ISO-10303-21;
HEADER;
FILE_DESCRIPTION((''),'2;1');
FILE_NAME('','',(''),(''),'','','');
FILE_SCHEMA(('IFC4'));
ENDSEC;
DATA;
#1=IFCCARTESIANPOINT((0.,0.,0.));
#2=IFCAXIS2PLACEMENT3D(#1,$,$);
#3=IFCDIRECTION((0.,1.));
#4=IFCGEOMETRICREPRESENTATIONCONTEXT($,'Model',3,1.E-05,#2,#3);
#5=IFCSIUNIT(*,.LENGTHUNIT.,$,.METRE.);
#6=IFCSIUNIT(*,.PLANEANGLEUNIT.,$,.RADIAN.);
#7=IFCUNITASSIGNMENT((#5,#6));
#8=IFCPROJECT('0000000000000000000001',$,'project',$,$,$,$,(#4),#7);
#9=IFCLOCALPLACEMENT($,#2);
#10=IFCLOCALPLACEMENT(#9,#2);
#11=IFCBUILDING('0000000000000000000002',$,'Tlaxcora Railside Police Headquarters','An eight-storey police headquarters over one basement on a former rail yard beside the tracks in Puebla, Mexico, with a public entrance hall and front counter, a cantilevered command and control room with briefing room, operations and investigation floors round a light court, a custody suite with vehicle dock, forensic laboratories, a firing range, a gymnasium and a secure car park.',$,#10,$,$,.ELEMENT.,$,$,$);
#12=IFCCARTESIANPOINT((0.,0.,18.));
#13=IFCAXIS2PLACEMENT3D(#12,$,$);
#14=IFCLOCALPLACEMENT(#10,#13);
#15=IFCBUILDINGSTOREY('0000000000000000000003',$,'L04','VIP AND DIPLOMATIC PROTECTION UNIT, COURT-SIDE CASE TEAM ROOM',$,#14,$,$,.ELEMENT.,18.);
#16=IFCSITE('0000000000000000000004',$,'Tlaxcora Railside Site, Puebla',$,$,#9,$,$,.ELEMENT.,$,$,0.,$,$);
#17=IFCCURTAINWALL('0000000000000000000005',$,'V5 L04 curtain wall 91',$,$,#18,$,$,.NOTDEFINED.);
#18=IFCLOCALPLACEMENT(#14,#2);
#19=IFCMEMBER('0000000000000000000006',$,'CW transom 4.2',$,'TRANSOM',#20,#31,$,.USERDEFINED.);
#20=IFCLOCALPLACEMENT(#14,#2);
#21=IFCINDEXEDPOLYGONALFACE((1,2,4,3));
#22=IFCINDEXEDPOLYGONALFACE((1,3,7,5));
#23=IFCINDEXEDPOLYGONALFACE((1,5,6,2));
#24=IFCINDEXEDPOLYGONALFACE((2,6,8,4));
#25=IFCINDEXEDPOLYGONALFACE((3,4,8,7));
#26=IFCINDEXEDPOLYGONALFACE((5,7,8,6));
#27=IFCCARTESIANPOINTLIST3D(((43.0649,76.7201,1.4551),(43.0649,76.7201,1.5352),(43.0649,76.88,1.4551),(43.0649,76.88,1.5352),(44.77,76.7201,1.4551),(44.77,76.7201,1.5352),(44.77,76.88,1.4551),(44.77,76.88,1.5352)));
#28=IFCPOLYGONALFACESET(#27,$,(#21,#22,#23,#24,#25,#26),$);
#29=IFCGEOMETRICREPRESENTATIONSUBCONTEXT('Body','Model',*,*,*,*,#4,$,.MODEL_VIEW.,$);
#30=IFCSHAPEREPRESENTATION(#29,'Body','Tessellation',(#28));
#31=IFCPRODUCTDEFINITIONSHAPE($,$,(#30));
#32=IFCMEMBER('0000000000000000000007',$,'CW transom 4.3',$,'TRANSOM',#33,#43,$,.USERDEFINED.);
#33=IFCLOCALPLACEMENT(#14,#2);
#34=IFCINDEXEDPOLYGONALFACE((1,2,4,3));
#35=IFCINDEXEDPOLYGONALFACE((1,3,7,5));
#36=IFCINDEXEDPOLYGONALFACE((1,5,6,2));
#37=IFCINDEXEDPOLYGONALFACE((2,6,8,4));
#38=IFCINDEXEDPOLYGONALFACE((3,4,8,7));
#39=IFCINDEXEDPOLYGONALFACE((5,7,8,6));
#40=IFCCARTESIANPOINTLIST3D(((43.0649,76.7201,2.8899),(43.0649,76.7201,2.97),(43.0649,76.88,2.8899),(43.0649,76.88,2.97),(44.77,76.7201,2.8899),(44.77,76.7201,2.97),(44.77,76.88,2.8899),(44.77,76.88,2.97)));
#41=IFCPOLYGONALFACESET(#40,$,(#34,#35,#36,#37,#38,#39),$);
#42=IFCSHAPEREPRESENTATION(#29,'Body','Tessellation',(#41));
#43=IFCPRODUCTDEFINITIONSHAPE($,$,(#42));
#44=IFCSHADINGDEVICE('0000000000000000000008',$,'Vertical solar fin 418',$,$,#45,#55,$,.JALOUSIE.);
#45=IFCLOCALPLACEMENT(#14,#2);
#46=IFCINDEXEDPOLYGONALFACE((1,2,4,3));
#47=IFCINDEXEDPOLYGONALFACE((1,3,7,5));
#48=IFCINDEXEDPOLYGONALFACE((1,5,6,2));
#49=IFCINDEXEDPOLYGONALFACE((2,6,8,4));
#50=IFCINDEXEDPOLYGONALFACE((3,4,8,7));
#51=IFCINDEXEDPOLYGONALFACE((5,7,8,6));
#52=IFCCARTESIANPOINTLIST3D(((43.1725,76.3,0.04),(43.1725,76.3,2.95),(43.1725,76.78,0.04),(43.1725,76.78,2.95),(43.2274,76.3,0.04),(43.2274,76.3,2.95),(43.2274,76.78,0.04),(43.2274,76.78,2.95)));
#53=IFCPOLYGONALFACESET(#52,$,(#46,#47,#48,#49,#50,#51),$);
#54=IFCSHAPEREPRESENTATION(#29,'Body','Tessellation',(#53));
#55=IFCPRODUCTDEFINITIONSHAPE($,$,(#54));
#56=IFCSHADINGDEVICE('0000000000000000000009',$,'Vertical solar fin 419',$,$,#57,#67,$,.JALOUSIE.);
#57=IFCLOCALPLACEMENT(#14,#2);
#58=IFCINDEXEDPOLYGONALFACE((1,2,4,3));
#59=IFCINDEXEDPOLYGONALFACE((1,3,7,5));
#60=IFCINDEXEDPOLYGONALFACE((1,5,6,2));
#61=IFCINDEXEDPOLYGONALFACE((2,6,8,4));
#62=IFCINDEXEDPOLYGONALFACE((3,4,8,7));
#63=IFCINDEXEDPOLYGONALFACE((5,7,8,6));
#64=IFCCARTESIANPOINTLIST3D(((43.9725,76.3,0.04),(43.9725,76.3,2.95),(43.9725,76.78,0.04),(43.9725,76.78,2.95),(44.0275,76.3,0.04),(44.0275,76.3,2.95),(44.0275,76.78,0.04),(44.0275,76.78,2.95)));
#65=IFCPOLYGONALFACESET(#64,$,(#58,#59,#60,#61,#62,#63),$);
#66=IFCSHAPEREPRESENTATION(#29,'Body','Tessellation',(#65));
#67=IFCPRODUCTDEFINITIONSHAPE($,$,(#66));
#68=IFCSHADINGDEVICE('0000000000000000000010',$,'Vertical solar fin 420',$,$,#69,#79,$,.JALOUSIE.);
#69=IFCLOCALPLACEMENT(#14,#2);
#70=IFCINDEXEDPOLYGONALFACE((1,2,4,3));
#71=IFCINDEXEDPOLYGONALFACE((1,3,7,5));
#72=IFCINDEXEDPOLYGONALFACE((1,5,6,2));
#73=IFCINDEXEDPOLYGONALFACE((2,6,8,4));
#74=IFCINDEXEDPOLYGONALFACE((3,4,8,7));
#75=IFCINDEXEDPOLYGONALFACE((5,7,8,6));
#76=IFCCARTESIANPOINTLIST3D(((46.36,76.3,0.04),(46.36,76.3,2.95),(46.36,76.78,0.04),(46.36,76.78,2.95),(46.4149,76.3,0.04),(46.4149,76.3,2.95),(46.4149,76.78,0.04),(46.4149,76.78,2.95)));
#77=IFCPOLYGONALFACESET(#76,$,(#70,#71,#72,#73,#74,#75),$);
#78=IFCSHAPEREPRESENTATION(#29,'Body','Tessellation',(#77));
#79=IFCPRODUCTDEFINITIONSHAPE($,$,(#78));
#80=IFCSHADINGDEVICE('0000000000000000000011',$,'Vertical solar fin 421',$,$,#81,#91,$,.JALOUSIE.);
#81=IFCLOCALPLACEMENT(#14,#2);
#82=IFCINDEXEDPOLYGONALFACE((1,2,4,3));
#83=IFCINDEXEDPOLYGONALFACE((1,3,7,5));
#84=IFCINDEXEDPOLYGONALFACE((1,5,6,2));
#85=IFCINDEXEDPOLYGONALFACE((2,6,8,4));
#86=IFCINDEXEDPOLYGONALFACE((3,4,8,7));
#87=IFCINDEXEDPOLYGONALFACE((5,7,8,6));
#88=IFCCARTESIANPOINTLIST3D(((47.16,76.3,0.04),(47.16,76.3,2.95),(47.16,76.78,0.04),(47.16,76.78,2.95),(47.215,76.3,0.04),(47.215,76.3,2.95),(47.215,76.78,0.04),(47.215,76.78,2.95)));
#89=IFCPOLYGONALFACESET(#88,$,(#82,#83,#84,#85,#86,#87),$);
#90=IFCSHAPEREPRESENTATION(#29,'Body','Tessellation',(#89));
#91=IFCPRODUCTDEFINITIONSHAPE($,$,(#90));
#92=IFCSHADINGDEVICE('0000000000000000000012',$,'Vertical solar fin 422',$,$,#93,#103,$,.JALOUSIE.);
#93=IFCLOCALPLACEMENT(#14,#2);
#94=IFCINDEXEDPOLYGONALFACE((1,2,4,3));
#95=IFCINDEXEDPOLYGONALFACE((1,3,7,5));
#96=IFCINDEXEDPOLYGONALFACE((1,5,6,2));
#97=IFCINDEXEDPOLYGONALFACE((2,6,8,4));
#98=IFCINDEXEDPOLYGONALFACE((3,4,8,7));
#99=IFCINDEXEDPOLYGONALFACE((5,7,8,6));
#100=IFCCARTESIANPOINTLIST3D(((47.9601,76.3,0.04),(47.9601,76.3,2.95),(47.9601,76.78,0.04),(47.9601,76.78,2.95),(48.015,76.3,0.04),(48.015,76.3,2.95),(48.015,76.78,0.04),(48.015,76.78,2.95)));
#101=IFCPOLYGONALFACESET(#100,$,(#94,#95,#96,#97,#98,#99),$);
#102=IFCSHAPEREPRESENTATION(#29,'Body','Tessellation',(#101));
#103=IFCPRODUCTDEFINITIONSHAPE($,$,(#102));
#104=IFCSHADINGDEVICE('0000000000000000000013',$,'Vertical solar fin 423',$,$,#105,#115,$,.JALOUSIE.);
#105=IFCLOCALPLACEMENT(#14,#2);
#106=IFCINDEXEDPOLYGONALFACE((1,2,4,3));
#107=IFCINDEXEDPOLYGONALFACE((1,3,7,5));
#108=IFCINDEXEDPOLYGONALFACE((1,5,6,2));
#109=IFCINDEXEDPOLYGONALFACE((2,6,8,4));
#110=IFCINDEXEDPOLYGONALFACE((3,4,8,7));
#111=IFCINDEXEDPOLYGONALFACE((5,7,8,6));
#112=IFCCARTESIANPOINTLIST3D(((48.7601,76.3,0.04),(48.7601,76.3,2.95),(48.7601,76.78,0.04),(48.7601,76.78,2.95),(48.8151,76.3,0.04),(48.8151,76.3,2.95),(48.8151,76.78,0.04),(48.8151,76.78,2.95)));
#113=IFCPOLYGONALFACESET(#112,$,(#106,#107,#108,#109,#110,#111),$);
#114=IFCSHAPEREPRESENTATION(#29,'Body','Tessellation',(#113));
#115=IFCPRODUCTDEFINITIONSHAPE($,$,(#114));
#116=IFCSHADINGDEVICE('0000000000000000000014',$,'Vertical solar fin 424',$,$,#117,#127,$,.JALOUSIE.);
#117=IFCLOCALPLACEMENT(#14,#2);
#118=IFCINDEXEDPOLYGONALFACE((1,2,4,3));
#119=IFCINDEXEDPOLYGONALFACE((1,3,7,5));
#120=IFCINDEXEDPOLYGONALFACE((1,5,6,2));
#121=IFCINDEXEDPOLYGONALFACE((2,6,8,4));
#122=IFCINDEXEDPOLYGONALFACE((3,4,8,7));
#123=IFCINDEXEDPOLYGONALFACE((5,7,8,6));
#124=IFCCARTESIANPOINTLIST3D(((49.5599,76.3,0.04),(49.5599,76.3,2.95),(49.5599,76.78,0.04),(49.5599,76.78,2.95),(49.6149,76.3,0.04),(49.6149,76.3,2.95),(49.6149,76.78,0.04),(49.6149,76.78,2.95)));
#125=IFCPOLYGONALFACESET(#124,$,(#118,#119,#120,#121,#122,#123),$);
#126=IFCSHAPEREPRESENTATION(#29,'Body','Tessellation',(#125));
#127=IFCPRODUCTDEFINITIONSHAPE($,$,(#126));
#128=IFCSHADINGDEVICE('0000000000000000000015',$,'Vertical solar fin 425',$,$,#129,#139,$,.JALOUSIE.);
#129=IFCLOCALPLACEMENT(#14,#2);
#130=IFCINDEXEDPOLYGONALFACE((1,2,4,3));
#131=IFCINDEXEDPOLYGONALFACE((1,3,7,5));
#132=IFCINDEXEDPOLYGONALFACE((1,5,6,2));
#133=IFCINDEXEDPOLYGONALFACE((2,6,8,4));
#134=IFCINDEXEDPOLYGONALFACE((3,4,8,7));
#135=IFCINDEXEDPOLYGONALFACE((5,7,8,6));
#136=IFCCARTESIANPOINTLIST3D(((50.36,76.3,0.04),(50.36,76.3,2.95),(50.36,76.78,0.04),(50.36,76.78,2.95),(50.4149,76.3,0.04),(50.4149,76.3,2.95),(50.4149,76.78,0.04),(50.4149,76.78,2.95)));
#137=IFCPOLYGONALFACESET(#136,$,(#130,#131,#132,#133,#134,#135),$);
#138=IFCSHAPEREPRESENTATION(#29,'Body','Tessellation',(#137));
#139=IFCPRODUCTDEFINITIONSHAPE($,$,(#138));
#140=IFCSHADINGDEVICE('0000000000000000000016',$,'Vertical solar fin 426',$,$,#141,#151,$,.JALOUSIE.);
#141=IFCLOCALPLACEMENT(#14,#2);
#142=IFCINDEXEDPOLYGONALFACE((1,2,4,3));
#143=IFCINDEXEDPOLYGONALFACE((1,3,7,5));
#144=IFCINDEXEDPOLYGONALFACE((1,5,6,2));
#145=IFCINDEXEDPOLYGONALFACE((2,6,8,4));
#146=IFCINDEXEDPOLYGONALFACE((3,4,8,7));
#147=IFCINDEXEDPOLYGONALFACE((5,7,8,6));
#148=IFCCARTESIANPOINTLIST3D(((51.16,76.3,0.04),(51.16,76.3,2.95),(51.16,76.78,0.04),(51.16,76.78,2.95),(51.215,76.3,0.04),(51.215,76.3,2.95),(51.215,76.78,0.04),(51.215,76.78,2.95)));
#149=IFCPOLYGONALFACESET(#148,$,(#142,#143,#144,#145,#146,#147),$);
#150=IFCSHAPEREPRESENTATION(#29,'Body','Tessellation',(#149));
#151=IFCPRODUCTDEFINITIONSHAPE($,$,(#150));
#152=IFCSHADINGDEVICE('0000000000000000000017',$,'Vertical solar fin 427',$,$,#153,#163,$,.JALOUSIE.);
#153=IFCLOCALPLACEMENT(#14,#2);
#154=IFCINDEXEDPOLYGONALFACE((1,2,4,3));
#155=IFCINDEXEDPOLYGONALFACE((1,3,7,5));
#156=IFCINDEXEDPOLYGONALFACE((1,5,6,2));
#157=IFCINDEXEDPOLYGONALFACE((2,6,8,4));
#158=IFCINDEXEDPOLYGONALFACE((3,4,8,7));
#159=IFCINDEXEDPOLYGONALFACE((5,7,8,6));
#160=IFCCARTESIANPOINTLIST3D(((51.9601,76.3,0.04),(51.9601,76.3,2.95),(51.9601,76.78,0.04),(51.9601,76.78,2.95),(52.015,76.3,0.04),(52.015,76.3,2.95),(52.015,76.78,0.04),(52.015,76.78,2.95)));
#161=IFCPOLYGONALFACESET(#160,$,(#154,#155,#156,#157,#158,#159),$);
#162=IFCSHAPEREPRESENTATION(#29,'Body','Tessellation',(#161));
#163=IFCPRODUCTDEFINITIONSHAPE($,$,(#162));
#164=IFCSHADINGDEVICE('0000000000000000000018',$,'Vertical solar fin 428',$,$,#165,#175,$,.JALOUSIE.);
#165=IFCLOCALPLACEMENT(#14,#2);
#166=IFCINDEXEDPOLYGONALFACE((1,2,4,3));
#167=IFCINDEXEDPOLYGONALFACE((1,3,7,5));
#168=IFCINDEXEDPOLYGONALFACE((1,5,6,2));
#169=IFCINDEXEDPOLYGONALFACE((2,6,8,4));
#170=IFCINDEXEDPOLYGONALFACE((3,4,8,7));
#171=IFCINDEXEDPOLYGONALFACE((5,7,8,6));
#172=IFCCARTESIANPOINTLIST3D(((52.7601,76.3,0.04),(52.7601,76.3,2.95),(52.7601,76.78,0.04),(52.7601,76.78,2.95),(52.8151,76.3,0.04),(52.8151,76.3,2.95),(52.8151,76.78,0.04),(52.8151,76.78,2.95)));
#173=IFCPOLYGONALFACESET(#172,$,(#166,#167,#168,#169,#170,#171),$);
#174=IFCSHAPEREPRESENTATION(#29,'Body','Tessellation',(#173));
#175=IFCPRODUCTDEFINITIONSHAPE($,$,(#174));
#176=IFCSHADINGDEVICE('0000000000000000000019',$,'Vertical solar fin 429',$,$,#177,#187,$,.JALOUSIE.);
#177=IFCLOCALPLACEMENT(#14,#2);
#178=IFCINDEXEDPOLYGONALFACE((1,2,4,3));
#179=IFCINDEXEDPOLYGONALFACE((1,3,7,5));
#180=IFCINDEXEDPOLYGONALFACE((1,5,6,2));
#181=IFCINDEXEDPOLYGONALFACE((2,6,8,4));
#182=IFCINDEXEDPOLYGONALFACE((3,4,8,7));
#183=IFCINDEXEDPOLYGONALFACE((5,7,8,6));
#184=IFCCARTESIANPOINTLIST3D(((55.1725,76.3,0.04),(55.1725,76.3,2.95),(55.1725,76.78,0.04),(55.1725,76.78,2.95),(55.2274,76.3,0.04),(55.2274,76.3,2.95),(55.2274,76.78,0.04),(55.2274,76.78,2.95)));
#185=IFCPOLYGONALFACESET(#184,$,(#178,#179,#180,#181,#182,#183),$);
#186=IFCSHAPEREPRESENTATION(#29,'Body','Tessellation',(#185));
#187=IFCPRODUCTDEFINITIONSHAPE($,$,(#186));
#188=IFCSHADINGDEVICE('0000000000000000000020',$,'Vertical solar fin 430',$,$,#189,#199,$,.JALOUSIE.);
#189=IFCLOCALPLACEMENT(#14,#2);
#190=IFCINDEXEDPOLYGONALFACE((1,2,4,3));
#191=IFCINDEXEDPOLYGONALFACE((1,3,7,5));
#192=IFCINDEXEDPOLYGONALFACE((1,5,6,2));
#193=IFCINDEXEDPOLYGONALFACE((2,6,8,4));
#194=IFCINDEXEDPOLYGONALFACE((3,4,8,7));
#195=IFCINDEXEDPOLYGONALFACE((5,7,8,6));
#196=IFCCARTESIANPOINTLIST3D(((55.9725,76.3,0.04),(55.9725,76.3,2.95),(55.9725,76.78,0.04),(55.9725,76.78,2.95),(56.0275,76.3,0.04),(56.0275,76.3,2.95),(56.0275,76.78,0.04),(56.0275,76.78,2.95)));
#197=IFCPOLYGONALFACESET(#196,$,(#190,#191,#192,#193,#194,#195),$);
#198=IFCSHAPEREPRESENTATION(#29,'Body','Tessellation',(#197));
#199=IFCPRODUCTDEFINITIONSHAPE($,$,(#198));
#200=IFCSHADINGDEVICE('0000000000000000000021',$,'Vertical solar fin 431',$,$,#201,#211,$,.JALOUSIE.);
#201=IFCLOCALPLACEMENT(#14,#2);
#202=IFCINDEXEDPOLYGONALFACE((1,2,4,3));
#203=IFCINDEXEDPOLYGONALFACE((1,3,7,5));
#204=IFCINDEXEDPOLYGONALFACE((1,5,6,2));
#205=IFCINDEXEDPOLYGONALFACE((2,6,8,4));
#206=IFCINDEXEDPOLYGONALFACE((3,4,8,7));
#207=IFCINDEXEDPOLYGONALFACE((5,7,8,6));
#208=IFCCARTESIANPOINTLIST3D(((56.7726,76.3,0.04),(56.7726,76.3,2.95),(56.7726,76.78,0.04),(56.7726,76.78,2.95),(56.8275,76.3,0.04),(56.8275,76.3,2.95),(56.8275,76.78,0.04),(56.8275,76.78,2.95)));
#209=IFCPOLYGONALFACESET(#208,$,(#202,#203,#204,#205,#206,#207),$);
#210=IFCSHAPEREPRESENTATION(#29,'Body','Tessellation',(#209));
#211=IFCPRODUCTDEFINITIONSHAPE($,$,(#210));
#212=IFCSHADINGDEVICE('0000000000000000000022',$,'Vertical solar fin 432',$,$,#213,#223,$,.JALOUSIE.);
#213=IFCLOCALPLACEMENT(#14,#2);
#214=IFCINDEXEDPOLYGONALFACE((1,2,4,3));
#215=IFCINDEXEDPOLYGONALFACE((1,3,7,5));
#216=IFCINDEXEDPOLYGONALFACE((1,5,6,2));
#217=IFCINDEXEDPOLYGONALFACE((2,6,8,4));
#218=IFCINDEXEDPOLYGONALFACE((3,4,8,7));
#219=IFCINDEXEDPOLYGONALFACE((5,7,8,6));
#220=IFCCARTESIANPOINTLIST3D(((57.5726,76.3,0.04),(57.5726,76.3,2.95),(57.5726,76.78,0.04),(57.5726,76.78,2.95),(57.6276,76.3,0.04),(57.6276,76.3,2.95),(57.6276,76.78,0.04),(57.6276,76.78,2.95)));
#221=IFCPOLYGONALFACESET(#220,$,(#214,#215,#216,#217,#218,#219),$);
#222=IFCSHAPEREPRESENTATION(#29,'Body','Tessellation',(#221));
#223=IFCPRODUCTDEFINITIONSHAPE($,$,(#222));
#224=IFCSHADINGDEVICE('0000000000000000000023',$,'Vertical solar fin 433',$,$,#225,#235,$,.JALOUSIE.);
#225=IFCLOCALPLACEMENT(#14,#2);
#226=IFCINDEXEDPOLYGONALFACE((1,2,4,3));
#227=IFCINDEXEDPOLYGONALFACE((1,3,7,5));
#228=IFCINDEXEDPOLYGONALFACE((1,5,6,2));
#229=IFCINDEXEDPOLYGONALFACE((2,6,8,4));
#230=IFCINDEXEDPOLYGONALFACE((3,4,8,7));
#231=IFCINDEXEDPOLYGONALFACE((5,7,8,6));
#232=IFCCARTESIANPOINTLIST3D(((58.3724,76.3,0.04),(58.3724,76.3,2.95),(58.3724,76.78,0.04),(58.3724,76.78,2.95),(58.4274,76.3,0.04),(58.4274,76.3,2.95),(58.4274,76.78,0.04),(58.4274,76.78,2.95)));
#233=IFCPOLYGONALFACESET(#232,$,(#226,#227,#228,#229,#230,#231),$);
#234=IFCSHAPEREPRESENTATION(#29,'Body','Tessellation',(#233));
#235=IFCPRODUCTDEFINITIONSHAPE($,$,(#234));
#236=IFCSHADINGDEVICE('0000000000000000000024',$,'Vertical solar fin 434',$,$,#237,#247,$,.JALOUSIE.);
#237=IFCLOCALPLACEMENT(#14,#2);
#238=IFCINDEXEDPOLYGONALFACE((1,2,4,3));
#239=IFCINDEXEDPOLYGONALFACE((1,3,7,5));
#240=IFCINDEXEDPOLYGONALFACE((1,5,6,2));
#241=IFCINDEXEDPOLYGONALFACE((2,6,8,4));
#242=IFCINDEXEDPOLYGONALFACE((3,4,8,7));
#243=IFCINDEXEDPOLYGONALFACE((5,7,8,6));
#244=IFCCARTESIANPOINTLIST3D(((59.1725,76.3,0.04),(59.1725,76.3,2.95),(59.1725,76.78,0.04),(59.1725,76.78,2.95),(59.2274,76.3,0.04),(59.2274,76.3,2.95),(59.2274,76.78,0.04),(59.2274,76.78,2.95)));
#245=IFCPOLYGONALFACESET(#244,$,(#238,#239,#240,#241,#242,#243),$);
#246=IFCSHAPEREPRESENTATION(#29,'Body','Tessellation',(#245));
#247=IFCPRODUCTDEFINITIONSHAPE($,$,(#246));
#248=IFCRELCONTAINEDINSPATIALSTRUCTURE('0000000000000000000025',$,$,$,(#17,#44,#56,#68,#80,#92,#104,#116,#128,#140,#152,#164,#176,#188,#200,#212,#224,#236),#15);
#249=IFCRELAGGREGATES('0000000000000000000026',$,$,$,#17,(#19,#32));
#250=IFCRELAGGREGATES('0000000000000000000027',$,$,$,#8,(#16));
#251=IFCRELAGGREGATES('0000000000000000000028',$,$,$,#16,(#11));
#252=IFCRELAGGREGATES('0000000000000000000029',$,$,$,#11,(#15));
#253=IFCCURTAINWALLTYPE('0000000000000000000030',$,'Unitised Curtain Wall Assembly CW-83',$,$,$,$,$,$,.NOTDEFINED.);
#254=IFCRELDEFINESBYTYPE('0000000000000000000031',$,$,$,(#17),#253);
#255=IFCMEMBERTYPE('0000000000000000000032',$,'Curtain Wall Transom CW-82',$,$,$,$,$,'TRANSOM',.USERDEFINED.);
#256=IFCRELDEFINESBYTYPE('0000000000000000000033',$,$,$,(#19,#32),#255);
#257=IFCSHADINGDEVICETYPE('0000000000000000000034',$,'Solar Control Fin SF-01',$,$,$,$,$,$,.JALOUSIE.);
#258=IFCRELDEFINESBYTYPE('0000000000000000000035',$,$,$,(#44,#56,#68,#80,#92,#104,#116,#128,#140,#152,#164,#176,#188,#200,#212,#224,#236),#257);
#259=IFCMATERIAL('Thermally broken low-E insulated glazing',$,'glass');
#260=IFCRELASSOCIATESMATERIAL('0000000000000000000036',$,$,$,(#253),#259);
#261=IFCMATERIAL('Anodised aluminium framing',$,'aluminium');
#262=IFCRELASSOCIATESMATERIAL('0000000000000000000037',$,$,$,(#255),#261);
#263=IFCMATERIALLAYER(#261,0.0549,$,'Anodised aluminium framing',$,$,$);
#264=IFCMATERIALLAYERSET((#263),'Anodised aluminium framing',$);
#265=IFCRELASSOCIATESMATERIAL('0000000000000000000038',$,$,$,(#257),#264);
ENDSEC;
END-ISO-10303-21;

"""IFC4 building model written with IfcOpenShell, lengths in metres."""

from ifc_helpers import new_model, si_unit, direction, frame, origin, origin_2d, place, context, subcontext, project, spatial, rectangle, extrude, material, layer, layer_set, material_profile, profile_set, type_object, element, aggregate, save


model = new_model("IFC4")

# Units and contexts
model_context = context("Model", 3, precision=1e-05, world=origin(), true_north=direction((0.0, 1.0)))
body_context = subcontext(model_context, "Body", "Model", "MODEL_VIEW")
ifc_project = project(units=[si_unit("LENGTHUNIT", "METRE"), si_unit("PLANEANGLEUNIT", "RADIAN")], contexts=[model_context])

# Site, building, storey
site_placement = place(None, origin())
site = spatial("IfcSite", under=ifc_project, at=site_placement, Name="Tlaxcora Railside Site, Puebla", CompositionType="ELEMENT", RefElevation=0.0)
building_placement = place(site_placement, origin())
building = spatial("IfcBuilding", under=site, at=building_placement, Name="Tlaxcora Railside Police Headquarters", Description="An eight-storey police headquarters over one basement on a former rail yard beside the tracks in Puebla, Mexico, with a public entrance hall and front counter, a cantilevered command and control room with briefing room, operations and investigation floors round a light court, a custody suite with vehicle dock, forensic laboratories, a firing range, a gymnasium and a secure car park.", CompositionType="ELEMENT")
storey_placement = place(building_placement, frame((0.0, 0.0, 18.0)))
storey = spatial("IfcBuildingStorey", under=building, at=storey_placement, Name="L04", Description="VIP AND DIPLOMATIC PROTECTION UNIT, COURT-SIDE CASE TEAM ROOM", CompositionType="ELEMENT", Elevation=18.0)

# Curtain wall, members
ifc_material_1 = material(Name="Thermally broken low-E insulated glazing", Category="glass")
curtain_wall_type = type_object("IfcCurtainWallType", Name="Unitised Curtain Wall Assembly CW-83", PredefinedType="NOTDEFINED", material=ifc_material_1)
curtain_wall_placement = place(storey_placement, origin())
curtain_wall = element("IfcCurtainWall", 1, at=curtain_wall_placement, inside=storey, type_object=curtain_wall_type, Name="V5 L04 curtain wall 91", PredefinedType="NOTDEFINED")
ifc_material_2 = material(Name="Anodised aluminium framing", Category="aluminium")
ifc_material_profile = material_profile(ifc_material_2, rectangle(XDim=0.1599, YDim=0.0801, at=origin_2d()), Name="AL80X160")
ifc_profile_set = profile_set([ifc_material_profile], Name="Anodised aluminium framing")
member_type = type_object("IfcMemberType", Name="Curtain Wall Transom CW-82", ElementType="TRANSOM", PredefinedType="USERDEFINED", material=ifc_profile_set)
member_1_placement = place(storey_placement, frame((43.0649, 76.8, 1.4951), z_axis=(1.0, 0.0, 0.0), x_axis=(0.0, 1.0, 0.0)))
member_1 = element("IfcMember", 2, at=member_1_placement, type_object=member_type, Name="CW transom 4.2", ObjectType="TRANSOM", PredefinedType="USERDEFINED", context=body_context, shape_type="SweptSolid", body=[
    extrude(rectangle(XDim=0.1599, YDim=0.0801, at=origin_2d()), origin(), (0.0, 0.0, 1.0), 1.7051),
])
member_2_placement = place(storey_placement, frame((43.0649, 76.8, 2.9299), z_axis=(1.0, 0.0, 0.0), x_axis=(0.0, 1.0, 0.0)))
member_2 = element("IfcMember", 3, at=member_2_placement, type_object=member_type, Name="CW transom 4.3", ObjectType="TRANSOM", PredefinedType="USERDEFINED", context=body_context, shape_type="SweptSolid", body=[
    extrude(rectangle(XDim=0.1599, YDim=0.0801, at=origin_2d()), origin(), (0.0, 0.0, 1.0), 1.7051),
])
aggregate(curtain_wall, [member_1, member_2])

# Shading devices
ifc_layer = layer(ifc_material_2, 0.0549, Name="Anodised aluminium framing")
ifc_layer_set = layer_set([ifc_layer], Name="Anodised aluminium framing")
shading_device_type = type_object("IfcShadingDeviceType", Name="Solar Control Fin SF-01", PredefinedType="JALOUSIE", material=ifc_layer_set)
for number, where, z_axis, x_axis, name in (
    (4, (43.2, 76.54, 0.04), (0.0, 0.0, 1.0), (0.0, -1.0, 0.0), "Vertical solar fin 418"),
    (5, (44.0, 76.54, 0.04), (0.0, 0.0, 1.0), (0.0, -1.0, 0.0), "Vertical solar fin 419"),
    (6, (46.3875, 76.54, 0.04), (0.0, 0.0, 1.0), (0.0, -1.0, 0.0), "Vertical solar fin 420"),
    (7, (47.1875, 76.54, 0.04), (0.0, 0.0, 1.0), (0.0, -1.0, 0.0), "Vertical solar fin 421"),
    (8, (47.9875, 76.54, 0.04), (0.0, 0.0, 1.0), (0.0, -1.0, 0.0), "Vertical solar fin 422"),
    (9, (48.7876, 76.54, 0.04), (0.0, 0.0, 1.0), (0.0, -1.0, 0.0), "Vertical solar fin 423"),
    (10, (49.5874, 76.54, 0.04), (0.0, 0.0, 1.0), (0.0, -1.0, 0.0), "Vertical solar fin 424"),
    (11, (50.3875, 76.54, 0.04), (0.0, 0.0, 1.0), (0.0, -1.0, 0.0), "Vertical solar fin 425"),
    (12, (51.1875, 76.54, 0.04), (0.0, 0.0, 1.0), (0.0, -1.0, 0.0), "Vertical solar fin 426"),
    (13, (51.9875, 76.54, 0.04), (0.0, 0.0, 1.0), (0.0, -1.0, 0.0), "Vertical solar fin 427"),
    (14, (52.7876, 76.54, 0.04), (0.0, 0.0, 1.0), (0.0, -1.0, 0.0), "Vertical solar fin 428"),
    (15, (55.2, 76.54, 0.04), (0.0, 0.0, 1.0), (0.0, -1.0, 0.0), "Vertical solar fin 429"),
    (16, (56.0, 76.54, 0.04), (0.0, 0.0, 1.0), (0.0, -1.0, 0.0), "Vertical solar fin 430"),
    (17, (56.8, 76.54, 0.04), (0.0, 0.0, 1.0), (0.0, -1.0, 0.0), "Vertical solar fin 431"),
    (18, (57.6001, 76.54, 0.04), (0.0, 0.0, 1.0), (0.0, -1.0, 0.0), "Vertical solar fin 432"),
    (19, (58.3999, 76.54, 0.04), (0.0, 0.0, 1.0), (0.0, -1.0, 0.0), "Vertical solar fin 433"),
    (20, (59.2, 76.54, 0.04), (0.0, 0.0, 1.0), (0.0, -1.0, 0.0), "Vertical solar fin 434"),
):
    element("IfcShadingDevice", number, at=place(storey_placement, frame(where, z_axis=z_axis, x_axis=x_axis)), inside=storey, type_object=shading_device_type, Name=name, PredefinedType="JALOUSIE", context=body_context, shape_type="SweptSolid", body=[
        extrude(rectangle(XDim=0.48, YDim=0.0549, at=origin_2d()), origin(), (0.0, 0.0, 1.0), 2.9099),
    ])

save(model, "model.ifc")
